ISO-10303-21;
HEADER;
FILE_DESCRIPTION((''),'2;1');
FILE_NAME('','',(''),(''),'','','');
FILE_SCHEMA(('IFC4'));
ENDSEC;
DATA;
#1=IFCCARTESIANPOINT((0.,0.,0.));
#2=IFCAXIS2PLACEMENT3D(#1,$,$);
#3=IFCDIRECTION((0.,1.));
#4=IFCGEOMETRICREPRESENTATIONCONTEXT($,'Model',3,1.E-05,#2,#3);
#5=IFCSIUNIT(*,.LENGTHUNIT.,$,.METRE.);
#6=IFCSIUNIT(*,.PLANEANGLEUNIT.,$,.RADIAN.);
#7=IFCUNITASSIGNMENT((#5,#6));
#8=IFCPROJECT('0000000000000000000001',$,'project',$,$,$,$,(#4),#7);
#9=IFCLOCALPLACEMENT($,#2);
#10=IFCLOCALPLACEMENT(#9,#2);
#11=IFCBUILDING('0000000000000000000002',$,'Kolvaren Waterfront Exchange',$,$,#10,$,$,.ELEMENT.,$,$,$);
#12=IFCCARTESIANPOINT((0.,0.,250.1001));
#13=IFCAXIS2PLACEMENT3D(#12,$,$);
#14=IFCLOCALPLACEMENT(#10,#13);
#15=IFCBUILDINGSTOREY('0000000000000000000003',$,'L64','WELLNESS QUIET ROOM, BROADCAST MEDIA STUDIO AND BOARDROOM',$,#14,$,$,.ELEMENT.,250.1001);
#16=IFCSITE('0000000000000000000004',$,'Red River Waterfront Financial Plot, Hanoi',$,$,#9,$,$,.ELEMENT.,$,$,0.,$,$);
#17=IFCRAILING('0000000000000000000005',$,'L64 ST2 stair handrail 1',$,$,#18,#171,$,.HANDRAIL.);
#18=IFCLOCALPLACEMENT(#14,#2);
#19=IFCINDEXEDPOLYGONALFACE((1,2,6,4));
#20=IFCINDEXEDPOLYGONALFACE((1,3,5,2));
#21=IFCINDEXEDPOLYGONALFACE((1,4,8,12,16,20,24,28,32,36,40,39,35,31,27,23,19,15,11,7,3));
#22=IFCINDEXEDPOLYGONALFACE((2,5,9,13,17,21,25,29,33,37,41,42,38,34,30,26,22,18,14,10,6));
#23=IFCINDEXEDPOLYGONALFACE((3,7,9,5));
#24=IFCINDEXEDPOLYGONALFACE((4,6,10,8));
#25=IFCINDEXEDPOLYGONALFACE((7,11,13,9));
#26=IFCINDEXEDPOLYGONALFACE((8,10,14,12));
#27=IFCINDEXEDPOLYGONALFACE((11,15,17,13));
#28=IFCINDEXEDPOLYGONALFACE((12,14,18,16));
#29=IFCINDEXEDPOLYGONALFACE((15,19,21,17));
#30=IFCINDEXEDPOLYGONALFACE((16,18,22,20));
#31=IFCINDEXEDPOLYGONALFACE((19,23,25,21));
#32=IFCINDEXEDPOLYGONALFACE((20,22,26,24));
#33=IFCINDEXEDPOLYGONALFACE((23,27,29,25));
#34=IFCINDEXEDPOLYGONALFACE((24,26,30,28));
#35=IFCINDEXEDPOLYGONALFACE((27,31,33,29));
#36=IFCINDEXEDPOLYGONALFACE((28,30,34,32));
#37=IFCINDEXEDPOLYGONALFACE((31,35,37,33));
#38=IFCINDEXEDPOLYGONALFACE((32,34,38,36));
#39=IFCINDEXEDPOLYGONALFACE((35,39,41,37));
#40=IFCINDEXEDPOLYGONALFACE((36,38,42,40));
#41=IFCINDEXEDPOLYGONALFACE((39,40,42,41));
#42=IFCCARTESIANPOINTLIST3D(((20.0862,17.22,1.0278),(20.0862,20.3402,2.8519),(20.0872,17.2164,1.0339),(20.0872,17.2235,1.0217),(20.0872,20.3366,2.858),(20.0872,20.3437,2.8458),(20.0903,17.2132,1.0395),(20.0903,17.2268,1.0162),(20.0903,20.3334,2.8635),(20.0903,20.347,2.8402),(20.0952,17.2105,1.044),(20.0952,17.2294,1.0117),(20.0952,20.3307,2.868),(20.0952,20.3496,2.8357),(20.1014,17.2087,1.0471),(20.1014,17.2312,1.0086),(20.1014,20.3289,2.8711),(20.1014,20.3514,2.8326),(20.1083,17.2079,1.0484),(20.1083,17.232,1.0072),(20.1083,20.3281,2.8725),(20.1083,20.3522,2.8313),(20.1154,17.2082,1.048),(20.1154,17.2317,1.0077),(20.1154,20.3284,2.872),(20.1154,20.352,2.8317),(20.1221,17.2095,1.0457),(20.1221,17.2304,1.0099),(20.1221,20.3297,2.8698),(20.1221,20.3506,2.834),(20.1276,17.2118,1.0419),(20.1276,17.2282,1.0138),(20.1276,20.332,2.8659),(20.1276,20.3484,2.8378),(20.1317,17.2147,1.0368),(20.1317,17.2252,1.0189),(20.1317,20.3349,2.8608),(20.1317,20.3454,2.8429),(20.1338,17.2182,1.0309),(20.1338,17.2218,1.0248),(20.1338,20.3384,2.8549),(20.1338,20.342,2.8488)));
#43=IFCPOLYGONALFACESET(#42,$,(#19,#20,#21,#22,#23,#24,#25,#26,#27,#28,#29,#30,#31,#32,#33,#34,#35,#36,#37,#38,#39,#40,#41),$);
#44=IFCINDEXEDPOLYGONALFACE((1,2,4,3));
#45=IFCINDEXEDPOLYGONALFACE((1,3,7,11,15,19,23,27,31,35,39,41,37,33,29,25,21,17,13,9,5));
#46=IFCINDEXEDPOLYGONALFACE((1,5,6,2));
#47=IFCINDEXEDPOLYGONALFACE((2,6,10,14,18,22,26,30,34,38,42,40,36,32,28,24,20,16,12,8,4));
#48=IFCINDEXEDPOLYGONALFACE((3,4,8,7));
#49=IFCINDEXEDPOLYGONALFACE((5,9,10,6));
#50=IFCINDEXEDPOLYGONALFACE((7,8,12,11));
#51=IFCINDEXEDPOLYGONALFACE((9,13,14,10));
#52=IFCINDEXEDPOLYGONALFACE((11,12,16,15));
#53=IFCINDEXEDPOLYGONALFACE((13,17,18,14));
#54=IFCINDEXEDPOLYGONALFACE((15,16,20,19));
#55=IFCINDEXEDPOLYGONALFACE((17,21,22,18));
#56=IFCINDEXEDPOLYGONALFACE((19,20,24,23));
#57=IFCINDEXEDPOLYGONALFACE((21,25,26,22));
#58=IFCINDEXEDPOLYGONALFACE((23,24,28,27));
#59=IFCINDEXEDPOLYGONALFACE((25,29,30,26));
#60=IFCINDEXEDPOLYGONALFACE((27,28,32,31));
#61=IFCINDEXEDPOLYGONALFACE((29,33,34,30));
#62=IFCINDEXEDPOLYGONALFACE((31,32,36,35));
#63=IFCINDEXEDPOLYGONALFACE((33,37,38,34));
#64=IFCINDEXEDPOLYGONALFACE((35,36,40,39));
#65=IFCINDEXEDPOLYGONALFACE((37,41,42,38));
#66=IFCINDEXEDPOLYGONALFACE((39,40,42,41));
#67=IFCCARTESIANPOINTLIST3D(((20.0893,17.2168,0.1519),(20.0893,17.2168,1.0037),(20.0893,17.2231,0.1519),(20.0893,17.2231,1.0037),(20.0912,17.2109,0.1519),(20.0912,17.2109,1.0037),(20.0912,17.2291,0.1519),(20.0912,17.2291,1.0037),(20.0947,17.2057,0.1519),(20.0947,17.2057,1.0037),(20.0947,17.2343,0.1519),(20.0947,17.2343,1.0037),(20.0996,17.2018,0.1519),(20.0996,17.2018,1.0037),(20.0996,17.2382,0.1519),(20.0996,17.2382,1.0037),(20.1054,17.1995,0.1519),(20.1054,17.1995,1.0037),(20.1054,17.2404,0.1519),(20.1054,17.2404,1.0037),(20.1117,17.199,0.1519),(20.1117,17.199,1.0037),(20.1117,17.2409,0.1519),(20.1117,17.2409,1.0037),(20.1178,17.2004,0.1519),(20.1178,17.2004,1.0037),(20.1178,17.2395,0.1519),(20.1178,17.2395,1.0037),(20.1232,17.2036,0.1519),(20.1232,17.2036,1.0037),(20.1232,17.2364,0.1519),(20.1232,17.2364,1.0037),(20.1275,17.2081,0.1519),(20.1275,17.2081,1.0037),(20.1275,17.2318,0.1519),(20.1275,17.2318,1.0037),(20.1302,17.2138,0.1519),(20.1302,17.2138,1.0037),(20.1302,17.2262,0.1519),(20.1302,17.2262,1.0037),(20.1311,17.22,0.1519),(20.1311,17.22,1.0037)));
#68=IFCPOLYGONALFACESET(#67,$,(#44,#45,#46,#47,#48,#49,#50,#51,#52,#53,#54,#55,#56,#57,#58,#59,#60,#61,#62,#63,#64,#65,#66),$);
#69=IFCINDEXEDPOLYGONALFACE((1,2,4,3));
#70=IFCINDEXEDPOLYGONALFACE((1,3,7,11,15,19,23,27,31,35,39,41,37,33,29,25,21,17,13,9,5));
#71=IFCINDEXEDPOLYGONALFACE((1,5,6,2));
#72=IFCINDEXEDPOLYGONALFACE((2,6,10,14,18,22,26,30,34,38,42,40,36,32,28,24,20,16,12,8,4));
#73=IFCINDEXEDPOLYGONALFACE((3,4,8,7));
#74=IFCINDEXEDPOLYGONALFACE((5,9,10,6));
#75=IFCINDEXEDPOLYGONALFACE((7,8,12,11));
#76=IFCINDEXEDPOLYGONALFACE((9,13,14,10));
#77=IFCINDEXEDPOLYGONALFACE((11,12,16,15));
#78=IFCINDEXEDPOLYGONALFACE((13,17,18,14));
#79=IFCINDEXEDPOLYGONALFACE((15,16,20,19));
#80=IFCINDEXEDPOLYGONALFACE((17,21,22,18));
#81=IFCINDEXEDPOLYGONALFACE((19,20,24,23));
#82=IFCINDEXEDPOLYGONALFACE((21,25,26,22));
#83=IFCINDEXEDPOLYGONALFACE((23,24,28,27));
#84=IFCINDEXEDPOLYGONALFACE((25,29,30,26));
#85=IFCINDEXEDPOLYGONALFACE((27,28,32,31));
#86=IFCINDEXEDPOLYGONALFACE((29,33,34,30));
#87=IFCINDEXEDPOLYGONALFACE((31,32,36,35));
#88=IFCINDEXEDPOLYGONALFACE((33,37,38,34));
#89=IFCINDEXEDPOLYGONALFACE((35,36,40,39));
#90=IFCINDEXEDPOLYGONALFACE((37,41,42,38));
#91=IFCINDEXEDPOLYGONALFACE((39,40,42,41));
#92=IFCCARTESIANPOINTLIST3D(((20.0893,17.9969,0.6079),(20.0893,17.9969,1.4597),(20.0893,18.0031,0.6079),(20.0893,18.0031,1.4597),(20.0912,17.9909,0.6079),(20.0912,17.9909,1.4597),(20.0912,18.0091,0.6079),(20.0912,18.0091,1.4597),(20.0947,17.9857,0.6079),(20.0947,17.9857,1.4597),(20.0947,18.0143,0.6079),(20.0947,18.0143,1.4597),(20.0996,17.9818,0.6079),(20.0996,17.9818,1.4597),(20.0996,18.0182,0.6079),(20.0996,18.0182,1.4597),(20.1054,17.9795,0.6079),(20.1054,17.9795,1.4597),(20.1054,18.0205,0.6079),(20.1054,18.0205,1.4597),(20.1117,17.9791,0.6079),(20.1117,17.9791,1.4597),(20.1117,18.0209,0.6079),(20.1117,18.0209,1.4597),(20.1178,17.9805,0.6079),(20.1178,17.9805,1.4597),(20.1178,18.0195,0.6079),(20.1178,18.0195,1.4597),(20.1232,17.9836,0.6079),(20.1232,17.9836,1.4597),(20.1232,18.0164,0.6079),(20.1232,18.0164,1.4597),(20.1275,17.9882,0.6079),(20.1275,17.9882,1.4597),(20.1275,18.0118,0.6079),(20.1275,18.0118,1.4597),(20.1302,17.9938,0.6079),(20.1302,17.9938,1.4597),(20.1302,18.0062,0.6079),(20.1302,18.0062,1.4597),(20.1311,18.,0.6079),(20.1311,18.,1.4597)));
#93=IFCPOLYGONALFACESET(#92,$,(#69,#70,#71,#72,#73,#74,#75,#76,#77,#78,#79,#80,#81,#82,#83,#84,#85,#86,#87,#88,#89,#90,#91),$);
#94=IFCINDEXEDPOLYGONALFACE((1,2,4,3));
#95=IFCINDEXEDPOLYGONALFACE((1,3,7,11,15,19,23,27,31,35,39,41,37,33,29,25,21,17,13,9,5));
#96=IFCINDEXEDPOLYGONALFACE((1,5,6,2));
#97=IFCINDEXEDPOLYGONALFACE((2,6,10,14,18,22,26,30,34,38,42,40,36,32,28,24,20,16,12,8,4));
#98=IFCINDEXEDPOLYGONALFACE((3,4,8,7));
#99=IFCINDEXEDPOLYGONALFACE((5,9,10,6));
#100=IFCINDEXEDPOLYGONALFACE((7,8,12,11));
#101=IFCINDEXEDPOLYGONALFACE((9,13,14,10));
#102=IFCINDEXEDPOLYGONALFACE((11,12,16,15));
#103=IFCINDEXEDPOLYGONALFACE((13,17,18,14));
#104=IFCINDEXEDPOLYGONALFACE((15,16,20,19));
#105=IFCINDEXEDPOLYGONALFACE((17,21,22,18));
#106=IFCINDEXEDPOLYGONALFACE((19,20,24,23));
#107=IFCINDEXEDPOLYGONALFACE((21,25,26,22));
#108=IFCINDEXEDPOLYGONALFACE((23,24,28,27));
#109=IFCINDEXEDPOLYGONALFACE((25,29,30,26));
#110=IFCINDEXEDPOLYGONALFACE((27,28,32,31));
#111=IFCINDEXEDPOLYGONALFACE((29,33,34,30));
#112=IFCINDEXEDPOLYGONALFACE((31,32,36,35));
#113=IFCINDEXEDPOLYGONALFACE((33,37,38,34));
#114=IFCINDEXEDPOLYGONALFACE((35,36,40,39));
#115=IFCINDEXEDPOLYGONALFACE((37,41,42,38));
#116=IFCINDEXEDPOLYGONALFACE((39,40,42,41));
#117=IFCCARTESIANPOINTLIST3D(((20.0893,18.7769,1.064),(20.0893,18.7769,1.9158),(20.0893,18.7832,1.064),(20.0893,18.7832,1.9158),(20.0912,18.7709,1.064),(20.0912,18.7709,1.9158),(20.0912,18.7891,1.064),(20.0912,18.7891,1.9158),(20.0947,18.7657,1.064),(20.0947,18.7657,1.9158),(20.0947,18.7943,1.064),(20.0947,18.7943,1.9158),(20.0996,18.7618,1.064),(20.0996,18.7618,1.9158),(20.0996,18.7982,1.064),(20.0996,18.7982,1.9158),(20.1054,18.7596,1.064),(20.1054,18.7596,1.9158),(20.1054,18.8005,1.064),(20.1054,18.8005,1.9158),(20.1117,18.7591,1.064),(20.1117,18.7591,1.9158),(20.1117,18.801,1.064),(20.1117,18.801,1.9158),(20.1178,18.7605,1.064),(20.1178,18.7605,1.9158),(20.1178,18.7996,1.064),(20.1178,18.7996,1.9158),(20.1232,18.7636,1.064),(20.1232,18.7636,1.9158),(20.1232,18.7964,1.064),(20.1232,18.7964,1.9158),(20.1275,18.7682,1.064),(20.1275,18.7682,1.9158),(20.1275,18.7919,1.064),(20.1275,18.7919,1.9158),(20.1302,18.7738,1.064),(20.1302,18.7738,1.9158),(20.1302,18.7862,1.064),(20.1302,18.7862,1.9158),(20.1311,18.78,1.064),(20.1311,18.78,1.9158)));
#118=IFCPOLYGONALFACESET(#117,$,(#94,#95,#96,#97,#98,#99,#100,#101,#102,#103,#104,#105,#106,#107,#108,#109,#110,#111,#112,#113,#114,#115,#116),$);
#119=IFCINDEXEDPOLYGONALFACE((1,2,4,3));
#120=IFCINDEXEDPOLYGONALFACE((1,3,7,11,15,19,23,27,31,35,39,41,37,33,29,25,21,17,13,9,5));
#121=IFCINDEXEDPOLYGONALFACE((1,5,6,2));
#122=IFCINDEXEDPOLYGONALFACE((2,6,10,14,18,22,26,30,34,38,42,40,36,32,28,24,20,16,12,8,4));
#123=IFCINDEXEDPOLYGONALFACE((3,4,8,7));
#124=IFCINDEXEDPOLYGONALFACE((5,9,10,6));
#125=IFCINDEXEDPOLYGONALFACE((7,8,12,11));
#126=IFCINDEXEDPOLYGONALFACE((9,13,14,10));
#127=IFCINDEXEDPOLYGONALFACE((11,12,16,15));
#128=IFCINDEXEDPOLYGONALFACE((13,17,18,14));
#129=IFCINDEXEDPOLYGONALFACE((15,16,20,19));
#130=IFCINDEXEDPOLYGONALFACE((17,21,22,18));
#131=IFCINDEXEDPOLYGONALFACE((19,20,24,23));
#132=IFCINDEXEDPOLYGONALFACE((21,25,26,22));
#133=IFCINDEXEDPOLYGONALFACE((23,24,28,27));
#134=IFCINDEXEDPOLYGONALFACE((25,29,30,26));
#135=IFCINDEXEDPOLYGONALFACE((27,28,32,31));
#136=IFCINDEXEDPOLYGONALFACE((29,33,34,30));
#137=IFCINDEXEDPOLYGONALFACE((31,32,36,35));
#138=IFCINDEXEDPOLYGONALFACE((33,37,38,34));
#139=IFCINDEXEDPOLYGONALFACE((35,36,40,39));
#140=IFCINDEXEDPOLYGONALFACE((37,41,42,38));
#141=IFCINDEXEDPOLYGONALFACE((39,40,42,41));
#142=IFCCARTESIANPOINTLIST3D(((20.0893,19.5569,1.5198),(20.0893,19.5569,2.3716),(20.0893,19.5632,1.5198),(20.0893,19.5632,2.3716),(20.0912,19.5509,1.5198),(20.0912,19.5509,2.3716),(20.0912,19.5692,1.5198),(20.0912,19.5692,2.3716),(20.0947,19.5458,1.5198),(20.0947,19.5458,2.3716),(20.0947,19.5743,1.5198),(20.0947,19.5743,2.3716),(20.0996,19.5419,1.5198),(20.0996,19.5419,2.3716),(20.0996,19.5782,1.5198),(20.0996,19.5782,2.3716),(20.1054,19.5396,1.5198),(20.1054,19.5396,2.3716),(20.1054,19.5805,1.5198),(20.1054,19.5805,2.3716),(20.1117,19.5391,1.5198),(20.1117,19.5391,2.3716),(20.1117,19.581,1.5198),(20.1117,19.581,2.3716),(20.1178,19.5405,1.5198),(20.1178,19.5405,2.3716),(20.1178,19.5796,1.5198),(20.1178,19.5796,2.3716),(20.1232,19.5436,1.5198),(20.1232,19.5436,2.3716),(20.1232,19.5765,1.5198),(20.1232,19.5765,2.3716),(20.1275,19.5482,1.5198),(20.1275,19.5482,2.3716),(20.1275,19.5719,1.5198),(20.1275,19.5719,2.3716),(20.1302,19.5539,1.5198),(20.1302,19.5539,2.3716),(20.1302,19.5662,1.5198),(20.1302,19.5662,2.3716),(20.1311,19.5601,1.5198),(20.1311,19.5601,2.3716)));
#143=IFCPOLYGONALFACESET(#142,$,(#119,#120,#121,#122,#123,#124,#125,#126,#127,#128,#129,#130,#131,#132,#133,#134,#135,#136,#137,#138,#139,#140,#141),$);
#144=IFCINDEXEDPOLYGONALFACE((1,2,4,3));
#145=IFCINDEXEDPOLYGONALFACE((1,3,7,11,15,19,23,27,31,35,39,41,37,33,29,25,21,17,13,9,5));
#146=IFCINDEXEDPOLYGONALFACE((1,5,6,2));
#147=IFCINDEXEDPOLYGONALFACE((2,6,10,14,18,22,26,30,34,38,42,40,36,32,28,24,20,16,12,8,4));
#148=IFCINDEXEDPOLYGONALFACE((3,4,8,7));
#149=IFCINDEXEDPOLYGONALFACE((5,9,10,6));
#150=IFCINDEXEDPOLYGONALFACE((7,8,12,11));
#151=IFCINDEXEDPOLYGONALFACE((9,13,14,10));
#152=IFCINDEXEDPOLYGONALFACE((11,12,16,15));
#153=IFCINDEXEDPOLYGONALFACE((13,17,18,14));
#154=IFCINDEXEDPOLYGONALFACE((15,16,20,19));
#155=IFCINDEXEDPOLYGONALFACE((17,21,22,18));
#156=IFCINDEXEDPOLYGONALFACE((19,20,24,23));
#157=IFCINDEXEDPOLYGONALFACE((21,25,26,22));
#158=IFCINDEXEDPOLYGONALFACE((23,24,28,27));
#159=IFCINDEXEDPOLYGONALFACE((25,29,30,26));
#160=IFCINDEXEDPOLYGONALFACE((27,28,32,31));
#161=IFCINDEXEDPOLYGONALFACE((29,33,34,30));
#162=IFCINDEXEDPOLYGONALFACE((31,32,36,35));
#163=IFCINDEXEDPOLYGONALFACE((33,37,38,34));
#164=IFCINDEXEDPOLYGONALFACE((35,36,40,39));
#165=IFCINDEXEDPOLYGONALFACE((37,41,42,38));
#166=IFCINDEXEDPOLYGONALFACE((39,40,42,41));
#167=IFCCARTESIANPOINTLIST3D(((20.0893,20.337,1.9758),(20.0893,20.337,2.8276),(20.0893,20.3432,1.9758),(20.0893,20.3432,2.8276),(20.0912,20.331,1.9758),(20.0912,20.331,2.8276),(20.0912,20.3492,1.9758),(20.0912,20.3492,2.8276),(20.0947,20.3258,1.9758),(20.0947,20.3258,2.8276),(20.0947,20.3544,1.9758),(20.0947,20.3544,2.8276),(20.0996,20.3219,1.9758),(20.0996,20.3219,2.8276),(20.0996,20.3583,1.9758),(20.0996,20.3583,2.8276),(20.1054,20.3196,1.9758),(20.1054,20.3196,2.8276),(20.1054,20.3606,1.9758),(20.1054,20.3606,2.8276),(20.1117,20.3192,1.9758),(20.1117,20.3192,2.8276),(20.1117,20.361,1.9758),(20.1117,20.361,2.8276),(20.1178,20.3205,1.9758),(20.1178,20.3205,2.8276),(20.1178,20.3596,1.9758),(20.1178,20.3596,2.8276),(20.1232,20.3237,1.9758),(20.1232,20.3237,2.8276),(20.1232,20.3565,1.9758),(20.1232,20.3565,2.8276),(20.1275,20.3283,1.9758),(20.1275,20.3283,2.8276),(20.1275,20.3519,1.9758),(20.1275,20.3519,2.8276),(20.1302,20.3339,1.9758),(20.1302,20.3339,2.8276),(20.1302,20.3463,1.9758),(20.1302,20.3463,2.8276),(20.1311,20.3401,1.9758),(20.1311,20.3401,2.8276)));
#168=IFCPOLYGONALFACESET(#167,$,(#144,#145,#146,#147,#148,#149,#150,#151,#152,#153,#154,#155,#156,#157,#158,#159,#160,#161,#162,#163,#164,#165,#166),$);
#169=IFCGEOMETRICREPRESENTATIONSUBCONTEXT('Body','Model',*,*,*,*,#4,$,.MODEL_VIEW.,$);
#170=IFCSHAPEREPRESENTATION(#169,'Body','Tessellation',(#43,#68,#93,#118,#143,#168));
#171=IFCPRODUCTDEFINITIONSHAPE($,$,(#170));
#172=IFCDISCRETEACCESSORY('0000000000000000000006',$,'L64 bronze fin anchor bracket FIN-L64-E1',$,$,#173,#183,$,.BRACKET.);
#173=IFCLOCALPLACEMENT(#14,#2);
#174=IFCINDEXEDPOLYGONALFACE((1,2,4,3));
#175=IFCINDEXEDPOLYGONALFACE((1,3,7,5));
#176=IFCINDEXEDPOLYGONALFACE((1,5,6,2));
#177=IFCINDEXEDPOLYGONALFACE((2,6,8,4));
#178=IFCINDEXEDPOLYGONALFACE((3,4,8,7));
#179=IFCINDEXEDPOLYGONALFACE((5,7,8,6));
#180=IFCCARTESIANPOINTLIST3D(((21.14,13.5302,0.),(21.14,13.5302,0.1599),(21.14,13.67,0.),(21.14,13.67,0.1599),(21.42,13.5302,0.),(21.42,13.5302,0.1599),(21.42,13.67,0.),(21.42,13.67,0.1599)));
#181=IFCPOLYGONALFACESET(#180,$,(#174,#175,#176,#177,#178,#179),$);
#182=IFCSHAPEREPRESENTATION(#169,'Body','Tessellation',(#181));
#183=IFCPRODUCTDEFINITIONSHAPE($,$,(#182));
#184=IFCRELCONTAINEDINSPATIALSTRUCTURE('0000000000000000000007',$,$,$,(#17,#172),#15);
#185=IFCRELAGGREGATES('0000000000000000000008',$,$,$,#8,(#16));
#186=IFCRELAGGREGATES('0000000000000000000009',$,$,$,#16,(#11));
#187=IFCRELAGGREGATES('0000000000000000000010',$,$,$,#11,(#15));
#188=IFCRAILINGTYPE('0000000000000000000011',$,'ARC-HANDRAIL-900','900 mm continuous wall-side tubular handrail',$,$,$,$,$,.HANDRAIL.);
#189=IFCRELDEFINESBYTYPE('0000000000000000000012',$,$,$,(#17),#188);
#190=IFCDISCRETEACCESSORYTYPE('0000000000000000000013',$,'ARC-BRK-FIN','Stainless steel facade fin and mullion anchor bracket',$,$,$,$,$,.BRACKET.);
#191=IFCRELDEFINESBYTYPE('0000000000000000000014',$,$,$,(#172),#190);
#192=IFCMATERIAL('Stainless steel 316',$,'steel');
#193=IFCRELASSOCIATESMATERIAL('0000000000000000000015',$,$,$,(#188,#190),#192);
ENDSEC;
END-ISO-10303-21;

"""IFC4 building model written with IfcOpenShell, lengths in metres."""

from ifc_helpers import new_model, si_unit, direction, frame, origin, origin_with_axes, origin_2d, place, context, subcontext, project, spatial, rectangle, circle, extrude, source, transform, mapped, material, type_object, element, save


model = new_model("IFC4")

# Units and contexts
model_context = context("Model", 3, precision=1e-05, world=origin(), true_north=direction((0.0, 1.0)))
body_context = subcontext(model_context, "Body", "Model", "MODEL_VIEW")
ifc_project = project(units=[si_unit("LENGTHUNIT", "METRE"), si_unit("PLANEANGLEUNIT", "RADIAN")], contexts=[model_context])

# Site, building, storey
site_placement = place(None, origin())
site = spatial("IfcSite", under=ifc_project, at=site_placement, Name="Red River Waterfront Financial Plot, Hanoi", CompositionType="ELEMENT", RefElevation=0.0)
building_placement = place(site_placement, origin())
building = spatial("IfcBuilding", under=site, at=building_placement, Name="Kolvaren Waterfront Exchange", CompositionType="ELEMENT")
storey_placement = place(building_placement, frame((0.0, 0.0, 250.1001)))
storey = spatial("IfcBuildingStorey", under=building, at=storey_placement, Name="L64", Description="WELLNESS QUIET ROOM, BROADCAST MEDIA STUDIO AND BOARDROOM", CompositionType="ELEMENT", Elevation=250.1001)

# Railing
ifc_material_1 = material(Name="Stainless steel 316", Category="steel")
railing_type_1 = type_object("IfcRailingType", Name="ARC-HANDRAIL-900", Description="900 mm continuous wall-side tubular handrail", PredefinedType="HANDRAIL", material=ifc_material_1)
railing_1_placement = place(storey_placement, frame((20.1101, 17.22, 0.1519)))
element("IfcRailing", 1, at=railing_1_placement, inside=storey, type_object=railing_type_1, Name="L64 ST2 stair handrail 1", PredefinedType="HANDRAIL", context=body_context, shape_type="SweptSolid", body=[
    extrude(circle(Radius=0.0239, at=origin_2d()), frame((0.0, 0.0, 0.876), z_axis=(0.0, 0.863308, 0.504677), x_axis=(-1.0, 0.0, 0.0)), (0.0, 0.0, 1.0), 3.6143),
    extrude(circle(Radius=0.021, at=origin_2d()), origin(), (0.0, 0.0, 1.0), 0.8518),
    extrude(circle(Radius=0.021, at=origin_2d()), frame((0.0, 0.78, 0.4561)), (0.0, 0.0, 1.0), 0.8518),
    extrude(circle(Radius=0.021, at=origin_2d()), frame((0.0, 1.5601, 0.9121)), (0.0, 0.0, 1.0), 0.8518),
    extrude(circle(Radius=0.021, at=origin_2d()), frame((0.0, 2.3401, 1.3679)), (0.0, 0.0, 1.0), 0.8518),
    extrude(circle(Radius=0.021, at=origin_2d()), frame((0.0, 3.1201, 1.824)), (0.0, 0.0, 1.0), 0.8518),
])

# Discrete accessory
discrete_accessory_type = type_object("IfcDiscreteAccessoryType", Name="ARC-BRK-FIN", Description="Stainless steel facade fin and mullion anchor bracket", PredefinedType="BRACKET", material=ifc_material_1)
shared_shape_1 = source(origin_with_axes(), body_context, "Body", "SweptSolid", [
    extrude(rectangle(XDim=0.28, YDim=0.1399, at=origin_2d()), origin(), (0.0, 0.0, 1.0), 0.1599),
])
discrete_accessory_placement = place(storey_placement, frame((21.28, 13.6001, 0.0), z_axis=(0.0, 0.0, 1.0), x_axis=(1.0, 0.0, 0.0)))
element("IfcDiscreteAccessory", 2, at=discrete_accessory_placement, inside=storey, type_object=discrete_accessory_type, Name="L64 bronze fin anchor bracket FIN-L64-E1", PredefinedType="BRACKET", context=body_context, shape_type="MappedRepresentation", body=[
    mapped(shared_shape_1, transform((0.0, 0.0, 0.0), x_axis=(1.0, 0.0, 0.0), y_axis=(0.0, 1.0, 0.0), z_axis=(0.0, 0.0, 1.0), scale=1.0)),
])

save(model, "model.ifc")
